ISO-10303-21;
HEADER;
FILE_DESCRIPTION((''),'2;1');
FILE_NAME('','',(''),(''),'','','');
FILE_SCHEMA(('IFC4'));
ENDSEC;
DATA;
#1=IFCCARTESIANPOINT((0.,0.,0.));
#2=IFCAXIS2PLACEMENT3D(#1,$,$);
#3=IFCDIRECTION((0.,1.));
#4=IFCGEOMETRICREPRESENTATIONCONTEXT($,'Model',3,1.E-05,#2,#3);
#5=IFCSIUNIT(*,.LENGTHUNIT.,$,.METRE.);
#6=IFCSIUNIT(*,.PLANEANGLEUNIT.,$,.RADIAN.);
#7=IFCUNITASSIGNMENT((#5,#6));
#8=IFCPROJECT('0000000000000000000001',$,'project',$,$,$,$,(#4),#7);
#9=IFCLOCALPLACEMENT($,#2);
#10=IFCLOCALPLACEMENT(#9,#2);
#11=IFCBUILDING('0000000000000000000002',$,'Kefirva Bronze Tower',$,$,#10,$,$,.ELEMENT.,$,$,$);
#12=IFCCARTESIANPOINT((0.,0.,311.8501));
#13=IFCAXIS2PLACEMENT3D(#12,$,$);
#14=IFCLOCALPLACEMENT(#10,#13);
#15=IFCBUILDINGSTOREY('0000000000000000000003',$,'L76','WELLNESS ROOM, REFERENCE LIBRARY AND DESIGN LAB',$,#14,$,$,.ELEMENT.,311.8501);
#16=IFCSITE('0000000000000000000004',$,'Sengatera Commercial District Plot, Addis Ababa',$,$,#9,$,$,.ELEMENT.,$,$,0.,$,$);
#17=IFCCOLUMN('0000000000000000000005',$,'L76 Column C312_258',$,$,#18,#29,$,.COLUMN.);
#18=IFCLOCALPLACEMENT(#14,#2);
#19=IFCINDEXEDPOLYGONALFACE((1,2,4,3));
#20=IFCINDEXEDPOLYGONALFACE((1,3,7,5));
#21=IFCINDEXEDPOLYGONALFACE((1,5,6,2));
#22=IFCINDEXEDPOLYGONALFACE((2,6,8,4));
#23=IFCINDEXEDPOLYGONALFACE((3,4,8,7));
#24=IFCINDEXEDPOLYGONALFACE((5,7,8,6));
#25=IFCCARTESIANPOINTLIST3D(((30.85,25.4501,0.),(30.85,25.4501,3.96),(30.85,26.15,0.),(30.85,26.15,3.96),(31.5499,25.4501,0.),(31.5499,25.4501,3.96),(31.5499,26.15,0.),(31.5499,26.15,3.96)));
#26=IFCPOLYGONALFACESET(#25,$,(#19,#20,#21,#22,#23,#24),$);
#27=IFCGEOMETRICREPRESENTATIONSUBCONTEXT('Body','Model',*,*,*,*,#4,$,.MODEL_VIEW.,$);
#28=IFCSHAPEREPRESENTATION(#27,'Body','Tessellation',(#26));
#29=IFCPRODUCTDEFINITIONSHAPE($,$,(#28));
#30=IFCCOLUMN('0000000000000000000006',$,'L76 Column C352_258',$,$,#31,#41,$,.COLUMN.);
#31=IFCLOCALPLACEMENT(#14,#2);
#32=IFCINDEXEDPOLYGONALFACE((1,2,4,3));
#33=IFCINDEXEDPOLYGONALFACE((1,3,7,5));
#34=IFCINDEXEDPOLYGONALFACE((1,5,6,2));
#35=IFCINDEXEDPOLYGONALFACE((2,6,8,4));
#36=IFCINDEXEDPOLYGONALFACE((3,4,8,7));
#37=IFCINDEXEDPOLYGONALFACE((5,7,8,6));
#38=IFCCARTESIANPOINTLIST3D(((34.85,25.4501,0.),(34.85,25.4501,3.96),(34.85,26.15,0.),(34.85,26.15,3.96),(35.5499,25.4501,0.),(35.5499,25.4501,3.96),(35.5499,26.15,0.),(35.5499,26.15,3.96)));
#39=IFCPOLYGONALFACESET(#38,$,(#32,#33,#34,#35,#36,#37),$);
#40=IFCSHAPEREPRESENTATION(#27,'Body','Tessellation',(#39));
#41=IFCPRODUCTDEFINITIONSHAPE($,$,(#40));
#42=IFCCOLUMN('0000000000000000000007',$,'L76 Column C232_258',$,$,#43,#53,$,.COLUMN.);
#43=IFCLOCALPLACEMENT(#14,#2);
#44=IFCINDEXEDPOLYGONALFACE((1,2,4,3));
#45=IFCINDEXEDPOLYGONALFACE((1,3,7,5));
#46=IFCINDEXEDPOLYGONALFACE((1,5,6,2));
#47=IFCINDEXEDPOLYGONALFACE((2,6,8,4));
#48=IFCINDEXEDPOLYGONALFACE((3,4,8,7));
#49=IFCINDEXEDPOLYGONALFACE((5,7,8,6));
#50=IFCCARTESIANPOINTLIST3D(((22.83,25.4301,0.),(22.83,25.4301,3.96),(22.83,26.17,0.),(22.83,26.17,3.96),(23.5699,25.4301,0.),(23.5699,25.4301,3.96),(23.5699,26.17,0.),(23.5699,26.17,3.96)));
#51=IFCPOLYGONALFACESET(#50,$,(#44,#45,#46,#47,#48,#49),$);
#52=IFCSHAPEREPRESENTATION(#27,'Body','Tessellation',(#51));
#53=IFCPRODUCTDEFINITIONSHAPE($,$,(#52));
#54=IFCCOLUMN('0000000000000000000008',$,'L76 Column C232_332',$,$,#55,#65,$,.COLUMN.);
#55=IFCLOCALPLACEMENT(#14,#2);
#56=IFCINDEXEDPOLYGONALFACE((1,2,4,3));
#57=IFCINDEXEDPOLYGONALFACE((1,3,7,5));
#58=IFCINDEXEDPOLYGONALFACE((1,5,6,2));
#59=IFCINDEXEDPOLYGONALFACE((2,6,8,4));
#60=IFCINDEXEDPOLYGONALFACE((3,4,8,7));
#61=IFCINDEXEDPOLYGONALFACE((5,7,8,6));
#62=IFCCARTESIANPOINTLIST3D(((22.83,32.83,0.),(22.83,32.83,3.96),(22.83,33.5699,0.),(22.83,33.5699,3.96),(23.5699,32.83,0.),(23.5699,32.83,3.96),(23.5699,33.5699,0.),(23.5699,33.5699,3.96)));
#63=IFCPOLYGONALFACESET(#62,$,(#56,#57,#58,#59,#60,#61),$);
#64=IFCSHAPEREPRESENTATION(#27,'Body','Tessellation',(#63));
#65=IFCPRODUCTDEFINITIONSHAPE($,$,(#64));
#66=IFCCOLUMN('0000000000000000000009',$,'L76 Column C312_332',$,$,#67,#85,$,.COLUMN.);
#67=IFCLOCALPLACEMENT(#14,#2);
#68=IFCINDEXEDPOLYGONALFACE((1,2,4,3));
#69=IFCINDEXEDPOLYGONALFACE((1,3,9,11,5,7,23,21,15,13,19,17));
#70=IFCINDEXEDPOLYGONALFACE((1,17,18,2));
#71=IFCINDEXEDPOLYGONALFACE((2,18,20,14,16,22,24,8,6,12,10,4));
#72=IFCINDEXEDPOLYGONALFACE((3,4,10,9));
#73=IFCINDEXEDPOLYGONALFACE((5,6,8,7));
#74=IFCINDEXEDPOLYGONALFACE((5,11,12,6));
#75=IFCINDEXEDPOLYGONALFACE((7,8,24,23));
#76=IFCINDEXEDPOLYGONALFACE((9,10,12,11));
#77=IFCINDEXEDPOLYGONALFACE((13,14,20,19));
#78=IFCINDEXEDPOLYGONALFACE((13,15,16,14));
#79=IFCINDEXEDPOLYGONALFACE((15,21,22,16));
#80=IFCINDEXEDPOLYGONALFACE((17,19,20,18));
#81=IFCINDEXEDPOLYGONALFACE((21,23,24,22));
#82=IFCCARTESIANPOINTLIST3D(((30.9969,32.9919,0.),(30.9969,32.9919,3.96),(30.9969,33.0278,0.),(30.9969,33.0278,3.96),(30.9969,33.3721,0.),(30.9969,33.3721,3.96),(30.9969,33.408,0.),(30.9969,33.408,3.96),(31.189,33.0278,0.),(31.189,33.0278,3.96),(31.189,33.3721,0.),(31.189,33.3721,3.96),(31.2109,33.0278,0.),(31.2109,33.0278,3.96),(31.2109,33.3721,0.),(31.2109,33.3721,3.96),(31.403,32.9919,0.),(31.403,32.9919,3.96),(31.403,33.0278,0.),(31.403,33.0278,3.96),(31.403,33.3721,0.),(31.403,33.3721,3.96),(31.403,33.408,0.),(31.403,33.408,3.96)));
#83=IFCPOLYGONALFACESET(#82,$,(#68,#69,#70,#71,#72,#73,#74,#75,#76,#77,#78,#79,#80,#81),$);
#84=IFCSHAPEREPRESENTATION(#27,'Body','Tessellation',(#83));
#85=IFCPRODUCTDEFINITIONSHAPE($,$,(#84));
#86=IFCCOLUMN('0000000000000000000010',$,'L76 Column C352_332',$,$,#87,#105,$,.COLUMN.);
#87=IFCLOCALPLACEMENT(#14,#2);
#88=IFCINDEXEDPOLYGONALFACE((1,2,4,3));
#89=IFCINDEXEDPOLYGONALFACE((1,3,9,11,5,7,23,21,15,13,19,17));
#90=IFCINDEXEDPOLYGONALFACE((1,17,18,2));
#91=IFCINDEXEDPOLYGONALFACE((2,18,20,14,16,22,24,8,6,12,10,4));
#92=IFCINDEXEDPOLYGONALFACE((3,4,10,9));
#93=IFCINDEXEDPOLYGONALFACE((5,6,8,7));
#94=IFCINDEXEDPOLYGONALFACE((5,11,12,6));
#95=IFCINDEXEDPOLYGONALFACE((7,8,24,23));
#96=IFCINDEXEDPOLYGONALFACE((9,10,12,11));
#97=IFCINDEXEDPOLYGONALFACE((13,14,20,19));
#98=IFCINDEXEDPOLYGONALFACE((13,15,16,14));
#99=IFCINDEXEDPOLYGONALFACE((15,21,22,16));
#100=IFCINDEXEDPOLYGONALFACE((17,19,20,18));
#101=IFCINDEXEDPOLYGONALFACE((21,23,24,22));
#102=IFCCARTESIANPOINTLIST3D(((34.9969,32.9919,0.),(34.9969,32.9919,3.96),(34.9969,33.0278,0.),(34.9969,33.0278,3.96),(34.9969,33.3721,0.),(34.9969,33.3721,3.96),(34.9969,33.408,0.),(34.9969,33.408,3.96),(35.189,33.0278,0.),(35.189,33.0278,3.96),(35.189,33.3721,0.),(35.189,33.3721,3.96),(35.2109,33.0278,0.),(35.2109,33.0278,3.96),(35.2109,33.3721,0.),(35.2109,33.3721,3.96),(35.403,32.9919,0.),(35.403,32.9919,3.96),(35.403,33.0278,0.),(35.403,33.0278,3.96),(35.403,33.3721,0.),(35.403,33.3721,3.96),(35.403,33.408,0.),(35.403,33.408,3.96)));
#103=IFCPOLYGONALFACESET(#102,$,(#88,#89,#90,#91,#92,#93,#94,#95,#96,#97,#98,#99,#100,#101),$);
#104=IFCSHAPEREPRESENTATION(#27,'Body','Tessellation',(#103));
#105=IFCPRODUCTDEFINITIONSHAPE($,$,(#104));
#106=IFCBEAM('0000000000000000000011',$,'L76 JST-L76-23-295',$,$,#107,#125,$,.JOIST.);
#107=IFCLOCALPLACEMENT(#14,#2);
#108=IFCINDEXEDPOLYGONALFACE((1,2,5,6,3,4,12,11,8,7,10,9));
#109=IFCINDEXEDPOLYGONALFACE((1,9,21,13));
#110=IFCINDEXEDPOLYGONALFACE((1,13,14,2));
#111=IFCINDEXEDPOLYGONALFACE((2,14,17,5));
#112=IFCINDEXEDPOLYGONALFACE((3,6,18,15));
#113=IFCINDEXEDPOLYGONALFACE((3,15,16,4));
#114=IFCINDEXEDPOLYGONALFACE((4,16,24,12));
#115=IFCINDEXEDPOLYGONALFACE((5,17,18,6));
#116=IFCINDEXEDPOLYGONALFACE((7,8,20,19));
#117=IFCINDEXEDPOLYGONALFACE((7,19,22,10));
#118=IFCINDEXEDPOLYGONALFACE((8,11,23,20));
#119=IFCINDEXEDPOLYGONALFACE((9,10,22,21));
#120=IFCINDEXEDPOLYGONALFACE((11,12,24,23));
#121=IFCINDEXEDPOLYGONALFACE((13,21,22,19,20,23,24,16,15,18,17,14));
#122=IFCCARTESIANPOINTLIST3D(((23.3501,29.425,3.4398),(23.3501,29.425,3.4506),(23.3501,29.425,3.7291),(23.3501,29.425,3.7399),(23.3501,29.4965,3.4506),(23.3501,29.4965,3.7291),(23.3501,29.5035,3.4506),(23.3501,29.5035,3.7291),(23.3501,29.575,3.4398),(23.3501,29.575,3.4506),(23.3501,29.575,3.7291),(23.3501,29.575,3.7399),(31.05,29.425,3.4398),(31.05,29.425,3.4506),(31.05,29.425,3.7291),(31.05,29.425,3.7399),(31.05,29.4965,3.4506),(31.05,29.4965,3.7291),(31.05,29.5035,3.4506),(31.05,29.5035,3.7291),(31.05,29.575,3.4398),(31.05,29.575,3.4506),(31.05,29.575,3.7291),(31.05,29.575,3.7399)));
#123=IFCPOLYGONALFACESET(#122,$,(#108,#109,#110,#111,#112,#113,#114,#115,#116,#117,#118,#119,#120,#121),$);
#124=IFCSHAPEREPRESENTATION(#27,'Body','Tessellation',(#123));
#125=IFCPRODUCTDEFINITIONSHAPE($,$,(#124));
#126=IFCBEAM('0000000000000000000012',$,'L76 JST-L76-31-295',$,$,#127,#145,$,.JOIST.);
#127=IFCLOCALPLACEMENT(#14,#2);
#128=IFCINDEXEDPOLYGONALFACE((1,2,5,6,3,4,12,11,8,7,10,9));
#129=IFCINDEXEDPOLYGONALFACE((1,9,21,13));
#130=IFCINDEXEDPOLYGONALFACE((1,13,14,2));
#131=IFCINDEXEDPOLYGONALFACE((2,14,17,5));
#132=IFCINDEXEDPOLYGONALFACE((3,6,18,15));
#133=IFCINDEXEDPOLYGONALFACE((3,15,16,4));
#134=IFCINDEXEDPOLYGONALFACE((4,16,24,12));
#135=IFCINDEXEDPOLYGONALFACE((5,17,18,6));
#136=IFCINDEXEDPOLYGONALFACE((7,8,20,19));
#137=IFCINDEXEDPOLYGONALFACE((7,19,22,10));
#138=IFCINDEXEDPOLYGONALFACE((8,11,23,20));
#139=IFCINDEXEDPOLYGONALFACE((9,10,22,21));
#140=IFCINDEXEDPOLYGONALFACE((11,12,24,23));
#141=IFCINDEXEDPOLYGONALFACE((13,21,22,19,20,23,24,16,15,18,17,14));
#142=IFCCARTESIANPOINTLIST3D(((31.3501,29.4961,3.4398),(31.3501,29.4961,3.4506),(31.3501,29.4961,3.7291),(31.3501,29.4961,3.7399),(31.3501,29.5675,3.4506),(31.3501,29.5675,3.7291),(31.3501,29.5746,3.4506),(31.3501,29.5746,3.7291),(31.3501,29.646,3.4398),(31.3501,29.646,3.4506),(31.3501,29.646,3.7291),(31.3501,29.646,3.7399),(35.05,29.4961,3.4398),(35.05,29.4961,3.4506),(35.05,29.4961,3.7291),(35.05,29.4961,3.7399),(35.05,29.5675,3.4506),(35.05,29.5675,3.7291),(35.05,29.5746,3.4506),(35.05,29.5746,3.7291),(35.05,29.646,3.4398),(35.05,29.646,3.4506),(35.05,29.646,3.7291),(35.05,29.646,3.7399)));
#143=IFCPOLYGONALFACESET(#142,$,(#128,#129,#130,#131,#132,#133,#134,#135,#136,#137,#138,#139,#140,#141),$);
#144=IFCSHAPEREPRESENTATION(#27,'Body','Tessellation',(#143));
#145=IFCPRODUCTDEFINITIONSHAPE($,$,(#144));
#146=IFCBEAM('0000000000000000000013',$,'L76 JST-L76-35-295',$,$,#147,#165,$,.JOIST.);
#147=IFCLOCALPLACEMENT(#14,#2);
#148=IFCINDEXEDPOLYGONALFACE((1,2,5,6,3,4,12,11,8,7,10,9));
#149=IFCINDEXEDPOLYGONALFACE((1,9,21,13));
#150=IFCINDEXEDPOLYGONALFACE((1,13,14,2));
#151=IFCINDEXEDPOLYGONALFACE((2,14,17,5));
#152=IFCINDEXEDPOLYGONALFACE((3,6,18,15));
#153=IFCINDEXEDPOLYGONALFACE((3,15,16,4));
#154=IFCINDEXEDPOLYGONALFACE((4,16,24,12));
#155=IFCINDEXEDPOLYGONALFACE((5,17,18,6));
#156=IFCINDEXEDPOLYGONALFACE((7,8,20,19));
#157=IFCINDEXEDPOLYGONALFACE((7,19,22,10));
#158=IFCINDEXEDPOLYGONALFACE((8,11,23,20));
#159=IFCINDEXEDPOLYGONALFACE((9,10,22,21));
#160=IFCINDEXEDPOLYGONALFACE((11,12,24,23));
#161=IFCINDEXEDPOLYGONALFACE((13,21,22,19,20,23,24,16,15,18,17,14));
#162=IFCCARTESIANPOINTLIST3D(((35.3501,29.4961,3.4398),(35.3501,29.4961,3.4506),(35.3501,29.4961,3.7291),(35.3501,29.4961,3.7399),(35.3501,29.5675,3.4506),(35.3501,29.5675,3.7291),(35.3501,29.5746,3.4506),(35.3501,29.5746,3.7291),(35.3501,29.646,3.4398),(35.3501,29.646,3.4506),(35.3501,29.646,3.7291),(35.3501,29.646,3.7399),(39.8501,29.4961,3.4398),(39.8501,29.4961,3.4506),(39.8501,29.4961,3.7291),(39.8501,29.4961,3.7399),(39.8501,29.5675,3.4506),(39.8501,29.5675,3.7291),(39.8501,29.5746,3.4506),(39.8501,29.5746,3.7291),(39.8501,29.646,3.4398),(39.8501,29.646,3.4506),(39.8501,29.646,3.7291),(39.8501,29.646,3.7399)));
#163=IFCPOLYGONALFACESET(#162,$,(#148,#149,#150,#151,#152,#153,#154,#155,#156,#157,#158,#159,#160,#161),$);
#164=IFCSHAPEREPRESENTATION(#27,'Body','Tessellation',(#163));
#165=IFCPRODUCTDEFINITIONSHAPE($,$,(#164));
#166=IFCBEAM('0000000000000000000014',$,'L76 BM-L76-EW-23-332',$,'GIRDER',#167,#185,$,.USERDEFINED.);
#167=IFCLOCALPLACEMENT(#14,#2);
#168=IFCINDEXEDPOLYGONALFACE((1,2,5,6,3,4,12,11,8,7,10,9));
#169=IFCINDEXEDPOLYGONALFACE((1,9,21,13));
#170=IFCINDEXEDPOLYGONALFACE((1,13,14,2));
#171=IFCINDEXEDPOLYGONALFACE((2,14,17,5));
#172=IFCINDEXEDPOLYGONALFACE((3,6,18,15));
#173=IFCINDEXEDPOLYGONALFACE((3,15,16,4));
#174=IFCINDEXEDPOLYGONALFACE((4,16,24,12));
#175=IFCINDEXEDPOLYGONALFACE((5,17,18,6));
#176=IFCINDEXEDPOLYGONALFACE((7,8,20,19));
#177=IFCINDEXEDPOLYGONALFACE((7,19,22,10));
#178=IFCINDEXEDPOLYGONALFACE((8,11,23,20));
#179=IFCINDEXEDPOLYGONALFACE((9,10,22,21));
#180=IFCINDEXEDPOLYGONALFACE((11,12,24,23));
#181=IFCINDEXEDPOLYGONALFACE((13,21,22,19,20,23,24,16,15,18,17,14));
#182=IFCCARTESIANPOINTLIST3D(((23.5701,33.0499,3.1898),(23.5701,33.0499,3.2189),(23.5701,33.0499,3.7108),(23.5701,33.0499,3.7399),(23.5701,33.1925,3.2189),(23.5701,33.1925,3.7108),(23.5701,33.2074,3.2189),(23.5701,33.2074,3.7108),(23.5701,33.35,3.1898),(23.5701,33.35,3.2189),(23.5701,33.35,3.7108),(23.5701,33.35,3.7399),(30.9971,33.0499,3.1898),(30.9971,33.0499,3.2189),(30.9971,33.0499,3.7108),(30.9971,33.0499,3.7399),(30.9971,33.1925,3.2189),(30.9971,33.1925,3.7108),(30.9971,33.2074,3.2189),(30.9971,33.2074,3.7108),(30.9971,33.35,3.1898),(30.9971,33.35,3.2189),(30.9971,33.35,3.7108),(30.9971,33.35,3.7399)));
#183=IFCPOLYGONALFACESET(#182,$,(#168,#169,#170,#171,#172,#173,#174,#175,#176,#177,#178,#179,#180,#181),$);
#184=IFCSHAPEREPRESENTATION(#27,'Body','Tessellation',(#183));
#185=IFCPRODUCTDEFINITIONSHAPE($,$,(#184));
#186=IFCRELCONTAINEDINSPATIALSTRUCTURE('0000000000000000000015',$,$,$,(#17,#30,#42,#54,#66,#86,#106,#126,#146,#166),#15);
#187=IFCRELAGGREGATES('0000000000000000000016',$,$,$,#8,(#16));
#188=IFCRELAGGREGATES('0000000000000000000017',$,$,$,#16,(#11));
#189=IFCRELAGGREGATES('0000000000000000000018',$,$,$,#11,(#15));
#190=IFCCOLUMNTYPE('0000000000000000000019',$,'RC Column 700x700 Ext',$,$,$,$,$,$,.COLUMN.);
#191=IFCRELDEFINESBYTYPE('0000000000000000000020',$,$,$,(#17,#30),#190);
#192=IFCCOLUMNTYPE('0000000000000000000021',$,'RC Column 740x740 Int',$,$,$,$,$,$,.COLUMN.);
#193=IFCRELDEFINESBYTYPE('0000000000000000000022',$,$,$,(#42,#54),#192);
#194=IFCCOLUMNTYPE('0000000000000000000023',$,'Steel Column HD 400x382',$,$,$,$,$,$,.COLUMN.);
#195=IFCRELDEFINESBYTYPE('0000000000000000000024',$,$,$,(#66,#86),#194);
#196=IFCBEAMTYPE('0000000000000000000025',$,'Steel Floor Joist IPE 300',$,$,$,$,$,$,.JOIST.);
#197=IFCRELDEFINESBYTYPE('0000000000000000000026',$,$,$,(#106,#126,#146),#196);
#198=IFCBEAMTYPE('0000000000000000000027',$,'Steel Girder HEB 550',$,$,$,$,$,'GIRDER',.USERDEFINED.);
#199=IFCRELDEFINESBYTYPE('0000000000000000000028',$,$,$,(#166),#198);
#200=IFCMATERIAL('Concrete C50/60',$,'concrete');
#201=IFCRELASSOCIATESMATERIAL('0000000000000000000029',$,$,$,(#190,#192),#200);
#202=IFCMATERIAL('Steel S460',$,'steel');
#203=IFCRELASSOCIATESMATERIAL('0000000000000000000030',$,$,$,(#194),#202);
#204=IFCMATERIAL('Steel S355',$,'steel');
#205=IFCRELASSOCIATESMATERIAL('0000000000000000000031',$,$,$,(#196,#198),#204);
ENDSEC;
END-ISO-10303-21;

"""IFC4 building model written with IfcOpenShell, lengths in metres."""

from ifc_helpers import new_model, si_unit, direction, frame, origin, origin_2d, place, context, subcontext, project, spatial, rectangle, i_section, extrude, material, material_profile, profile_set, type_object, element, save


model = new_model("IFC4")

# Units and contexts
model_context = context("Model", 3, precision=1e-05, world=origin(), true_north=direction((0.0, 1.0)))
body_context = subcontext(model_context, "Body", "Model", "MODEL_VIEW")
ifc_project = project(units=[si_unit("LENGTHUNIT", "METRE"), si_unit("PLANEANGLEUNIT", "RADIAN")], contexts=[model_context])

# Site, building, storey
site_placement = place(None, origin())
site = spatial("IfcSite", under=ifc_project, at=site_placement, Name="Sengatera Commercial District Plot, Addis Ababa", CompositionType="ELEMENT", RefElevation=0.0)
building_placement = place(site_placement, origin())
building = spatial("IfcBuilding", under=site, at=building_placement, Name="Kefirva Bronze Tower", CompositionType="ELEMENT")
storey_placement = place(building_placement, frame((0.0, 0.0, 311.8501)))
storey = spatial("IfcBuildingStorey", under=building, at=storey_placement, Name="L76", Description="WELLNESS ROOM, REFERENCE LIBRARY AND DESIGN LAB", CompositionType="ELEMENT", Elevation=311.8501)

# Columns
ifc_material_1 = material(Name="Concrete C50/60", Category="concrete")
ifc_material_profile_1 = material_profile(ifc_material_1, rectangle(XDim=0.7, YDim=0.7, at=origin_2d()), Name="RC 700x700")
ifc_profile_set_1 = profile_set([ifc_material_profile_1], Name="Concrete C50/60")
column_type_1 = type_object("IfcColumnType", Name="RC Column 700x700 Ext", PredefinedType="COLUMN", material=ifc_profile_set_1)
for number, where, z_axis, x_axis, name in (
    (1, (31.2, 25.8, 0.0), (0.0, 0.0, 1.0), (1.0, 0.0, 0.0), "L76 Column C312_258"),
    (2, (35.2, 25.8, 0.0), (0.0, 0.0, 1.0), (1.0, 0.0, 0.0), "L76 Column C352_258"),
):
    element("IfcColumn", number, at=place(storey_placement, frame(where, z_axis=z_axis, x_axis=x_axis)), inside=storey, type_object=column_type_1, Name=name, PredefinedType="COLUMN", context=body_context, shape_type="SweptSolid", body=[
        extrude(rectangle(XDim=0.7, YDim=0.7, at=origin_2d()), origin(), (0.0, 0.0, 1.0), 3.96),
    ])
ifc_material_profile_2 = material_profile(ifc_material_1, rectangle(XDim=0.74, YDim=0.74, at=origin_2d()), Name="RC 740x740")
ifc_profile_set_2 = profile_set([ifc_material_profile_2], Name="Concrete C50/60")
column_type_2 = type_object("IfcColumnType", Name="RC Column 740x740 Int", PredefinedType="COLUMN", material=ifc_profile_set_2)
for number, where, z_axis, x_axis, name in (
    (3, (23.2, 25.8, 0.0), (0.0, 0.0, 1.0), (1.0, 0.0, 0.0), "L76 Column C232_258"),
    (4, (23.2, 33.2, 0.0), (0.0, 0.0, 1.0), (1.0, 0.0, 0.0), "L76 Column C232_332"),
):
    element("IfcColumn", number, at=place(storey_placement, frame(where, z_axis=z_axis, x_axis=x_axis)), inside=storey, type_object=column_type_2, Name=name, PredefinedType="COLUMN", context=body_context, shape_type="SweptSolid", body=[
        extrude(rectangle(XDim=0.74, YDim=0.74, at=origin_2d()), origin(), (0.0, 0.0, 1.0), 3.96),
    ])
ifc_material_2 = material(Name="Steel S460", Category="steel")
ifc_material_profile_3 = material_profile(ifc_material_2, i_section(OverallWidth=0.406, OverallDepth=0.416, WebThickness=0.022, FlangeThickness=0.0359, at=origin_2d()), Name="HD 400x382")
ifc_profile_set_3 = profile_set([ifc_material_profile_3], Name="Steel S460")
column_type_3 = type_object("IfcColumnType", Name="Steel Column HD 400x382", PredefinedType="COLUMN", material=ifc_profile_set_3)
for number, where, z_axis, x_axis, name in (
    (5, (31.2, 33.2, 0.0), (0.0, 0.0, 1.0), (1.0, 0.0, 0.0), "L76 Column C312_332"),
    (6, (35.2, 33.2, 0.0), (0.0, 0.0, 1.0), (1.0, 0.0, 0.0), "L76 Column C352_332"),
):
    element("IfcColumn", number, at=place(storey_placement, frame(where, z_axis=z_axis, x_axis=x_axis)), inside=storey, type_object=column_type_3, Name=name, PredefinedType="COLUMN", context=body_context, shape_type="SweptSolid", body=[
        extrude(i_section(OverallWidth=0.406, OverallDepth=0.416, WebThickness=0.022, FlangeThickness=0.0359, at=origin_2d()), origin(), (0.0, 0.0, 1.0), 3.96),
    ])

# Beams
ifc_material_3 = material(Name="Steel S355", Category="steel")
ifc_material_profile_4 = material_profile(ifc_material_3, i_section(OverallWidth=0.1499, OverallDepth=0.3, WebThickness=0.0071, FlangeThickness=0.0107, at=origin_2d()), Name="IPE 300")
ifc_profile_set_4 = profile_set([ifc_material_profile_4], Name="Steel S355")
beam_type_1 = type_object("IfcBeamType", Name="Steel Floor Joist IPE 300", PredefinedType="JOIST", material=ifc_profile_set_4)
beam_1_placement = place(storey_placement, frame((23.3501, 29.5, 3.5898), z_axis=(1.0, 0.0, 0.0), x_axis=(0.0, 1.0, 0.0)))
element("IfcBeam", 7, at=beam_1_placement, inside=storey, type_object=beam_type_1, Name="L76 JST-L76-23-295", PredefinedType="JOIST", context=body_context, shape_type="SweptSolid", body=[
    extrude(i_section(OverallWidth=0.1499, OverallDepth=0.3, WebThickness=0.0071, FlangeThickness=0.0107, at=origin_2d()), origin(), (0.0, 0.0, 1.0), 7.7),
])
beam_2_placement = place(storey_placement, frame((31.3501, 29.571, 3.5898), z_axis=(1.0, 0.0, 0.0), x_axis=(0.0, 1.0, 0.0)))
element("IfcBeam", 8, at=beam_2_placement, inside=storey, type_object=beam_type_1, Name="L76 JST-L76-31-295", PredefinedType="JOIST", context=body_context, shape_type="SweptSolid", body=[
    extrude(i_section(OverallWidth=0.1499, OverallDepth=0.3, WebThickness=0.0071, FlangeThickness=0.0107, at=origin_2d()), origin(), (0.0, 0.0, 1.0), 3.7),
])
beam_3_placement = place(storey_placement, frame((35.3501, 29.571, 3.5898), z_axis=(1.0, 0.0, 0.0), x_axis=(0.0, 1.0, 0.0)))
element("IfcBeam", 9, at=beam_3_placement, inside=storey, type_object=beam_type_1, Name="L76 JST-L76-35-295", PredefinedType="JOIST", context=body_context, shape_type="SweptSolid", body=[
    extrude(i_section(OverallWidth=0.1499, OverallDepth=0.3, WebThickness=0.0071, FlangeThickness=0.0107, at=origin_2d()), origin(), (0.0, 0.0, 1.0), 4.5),
])
ifc_material_profile_5 = material_profile(ifc_material_3, i_section(OverallWidth=0.3, OverallDepth=0.55, WebThickness=0.0149, FlangeThickness=0.0291, at=origin_2d()), Name="HEB 550")
ifc_profile_set_5 = profile_set([ifc_material_profile_5], Name="Steel S355")
beam_type_2 = type_object("IfcBeamType", Name="Steel Girder HEB 550", ElementType="GIRDER", PredefinedType="USERDEFINED", material=ifc_profile_set_5)
beam_4_placement = place(storey_placement, frame((23.5701, 33.2, 3.4648), z_axis=(1.0, 0.0, 0.0), x_axis=(0.0, 1.0, 0.0)))
element("IfcBeam", 10, at=beam_4_placement, inside=storey, type_object=beam_type_2, Name="L76 BM-L76-EW-23-332", ObjectType="GIRDER", PredefinedType="USERDEFINED", context=body_context, shape_type="SweptSolid", body=[
    extrude(i_section(OverallWidth=0.3, OverallDepth=0.55, WebThickness=0.0149, FlangeThickness=0.0291, at=origin_2d()), origin(), (0.0, 0.0, 1.0), 7.427),
])

save(model, "model.ifc")
